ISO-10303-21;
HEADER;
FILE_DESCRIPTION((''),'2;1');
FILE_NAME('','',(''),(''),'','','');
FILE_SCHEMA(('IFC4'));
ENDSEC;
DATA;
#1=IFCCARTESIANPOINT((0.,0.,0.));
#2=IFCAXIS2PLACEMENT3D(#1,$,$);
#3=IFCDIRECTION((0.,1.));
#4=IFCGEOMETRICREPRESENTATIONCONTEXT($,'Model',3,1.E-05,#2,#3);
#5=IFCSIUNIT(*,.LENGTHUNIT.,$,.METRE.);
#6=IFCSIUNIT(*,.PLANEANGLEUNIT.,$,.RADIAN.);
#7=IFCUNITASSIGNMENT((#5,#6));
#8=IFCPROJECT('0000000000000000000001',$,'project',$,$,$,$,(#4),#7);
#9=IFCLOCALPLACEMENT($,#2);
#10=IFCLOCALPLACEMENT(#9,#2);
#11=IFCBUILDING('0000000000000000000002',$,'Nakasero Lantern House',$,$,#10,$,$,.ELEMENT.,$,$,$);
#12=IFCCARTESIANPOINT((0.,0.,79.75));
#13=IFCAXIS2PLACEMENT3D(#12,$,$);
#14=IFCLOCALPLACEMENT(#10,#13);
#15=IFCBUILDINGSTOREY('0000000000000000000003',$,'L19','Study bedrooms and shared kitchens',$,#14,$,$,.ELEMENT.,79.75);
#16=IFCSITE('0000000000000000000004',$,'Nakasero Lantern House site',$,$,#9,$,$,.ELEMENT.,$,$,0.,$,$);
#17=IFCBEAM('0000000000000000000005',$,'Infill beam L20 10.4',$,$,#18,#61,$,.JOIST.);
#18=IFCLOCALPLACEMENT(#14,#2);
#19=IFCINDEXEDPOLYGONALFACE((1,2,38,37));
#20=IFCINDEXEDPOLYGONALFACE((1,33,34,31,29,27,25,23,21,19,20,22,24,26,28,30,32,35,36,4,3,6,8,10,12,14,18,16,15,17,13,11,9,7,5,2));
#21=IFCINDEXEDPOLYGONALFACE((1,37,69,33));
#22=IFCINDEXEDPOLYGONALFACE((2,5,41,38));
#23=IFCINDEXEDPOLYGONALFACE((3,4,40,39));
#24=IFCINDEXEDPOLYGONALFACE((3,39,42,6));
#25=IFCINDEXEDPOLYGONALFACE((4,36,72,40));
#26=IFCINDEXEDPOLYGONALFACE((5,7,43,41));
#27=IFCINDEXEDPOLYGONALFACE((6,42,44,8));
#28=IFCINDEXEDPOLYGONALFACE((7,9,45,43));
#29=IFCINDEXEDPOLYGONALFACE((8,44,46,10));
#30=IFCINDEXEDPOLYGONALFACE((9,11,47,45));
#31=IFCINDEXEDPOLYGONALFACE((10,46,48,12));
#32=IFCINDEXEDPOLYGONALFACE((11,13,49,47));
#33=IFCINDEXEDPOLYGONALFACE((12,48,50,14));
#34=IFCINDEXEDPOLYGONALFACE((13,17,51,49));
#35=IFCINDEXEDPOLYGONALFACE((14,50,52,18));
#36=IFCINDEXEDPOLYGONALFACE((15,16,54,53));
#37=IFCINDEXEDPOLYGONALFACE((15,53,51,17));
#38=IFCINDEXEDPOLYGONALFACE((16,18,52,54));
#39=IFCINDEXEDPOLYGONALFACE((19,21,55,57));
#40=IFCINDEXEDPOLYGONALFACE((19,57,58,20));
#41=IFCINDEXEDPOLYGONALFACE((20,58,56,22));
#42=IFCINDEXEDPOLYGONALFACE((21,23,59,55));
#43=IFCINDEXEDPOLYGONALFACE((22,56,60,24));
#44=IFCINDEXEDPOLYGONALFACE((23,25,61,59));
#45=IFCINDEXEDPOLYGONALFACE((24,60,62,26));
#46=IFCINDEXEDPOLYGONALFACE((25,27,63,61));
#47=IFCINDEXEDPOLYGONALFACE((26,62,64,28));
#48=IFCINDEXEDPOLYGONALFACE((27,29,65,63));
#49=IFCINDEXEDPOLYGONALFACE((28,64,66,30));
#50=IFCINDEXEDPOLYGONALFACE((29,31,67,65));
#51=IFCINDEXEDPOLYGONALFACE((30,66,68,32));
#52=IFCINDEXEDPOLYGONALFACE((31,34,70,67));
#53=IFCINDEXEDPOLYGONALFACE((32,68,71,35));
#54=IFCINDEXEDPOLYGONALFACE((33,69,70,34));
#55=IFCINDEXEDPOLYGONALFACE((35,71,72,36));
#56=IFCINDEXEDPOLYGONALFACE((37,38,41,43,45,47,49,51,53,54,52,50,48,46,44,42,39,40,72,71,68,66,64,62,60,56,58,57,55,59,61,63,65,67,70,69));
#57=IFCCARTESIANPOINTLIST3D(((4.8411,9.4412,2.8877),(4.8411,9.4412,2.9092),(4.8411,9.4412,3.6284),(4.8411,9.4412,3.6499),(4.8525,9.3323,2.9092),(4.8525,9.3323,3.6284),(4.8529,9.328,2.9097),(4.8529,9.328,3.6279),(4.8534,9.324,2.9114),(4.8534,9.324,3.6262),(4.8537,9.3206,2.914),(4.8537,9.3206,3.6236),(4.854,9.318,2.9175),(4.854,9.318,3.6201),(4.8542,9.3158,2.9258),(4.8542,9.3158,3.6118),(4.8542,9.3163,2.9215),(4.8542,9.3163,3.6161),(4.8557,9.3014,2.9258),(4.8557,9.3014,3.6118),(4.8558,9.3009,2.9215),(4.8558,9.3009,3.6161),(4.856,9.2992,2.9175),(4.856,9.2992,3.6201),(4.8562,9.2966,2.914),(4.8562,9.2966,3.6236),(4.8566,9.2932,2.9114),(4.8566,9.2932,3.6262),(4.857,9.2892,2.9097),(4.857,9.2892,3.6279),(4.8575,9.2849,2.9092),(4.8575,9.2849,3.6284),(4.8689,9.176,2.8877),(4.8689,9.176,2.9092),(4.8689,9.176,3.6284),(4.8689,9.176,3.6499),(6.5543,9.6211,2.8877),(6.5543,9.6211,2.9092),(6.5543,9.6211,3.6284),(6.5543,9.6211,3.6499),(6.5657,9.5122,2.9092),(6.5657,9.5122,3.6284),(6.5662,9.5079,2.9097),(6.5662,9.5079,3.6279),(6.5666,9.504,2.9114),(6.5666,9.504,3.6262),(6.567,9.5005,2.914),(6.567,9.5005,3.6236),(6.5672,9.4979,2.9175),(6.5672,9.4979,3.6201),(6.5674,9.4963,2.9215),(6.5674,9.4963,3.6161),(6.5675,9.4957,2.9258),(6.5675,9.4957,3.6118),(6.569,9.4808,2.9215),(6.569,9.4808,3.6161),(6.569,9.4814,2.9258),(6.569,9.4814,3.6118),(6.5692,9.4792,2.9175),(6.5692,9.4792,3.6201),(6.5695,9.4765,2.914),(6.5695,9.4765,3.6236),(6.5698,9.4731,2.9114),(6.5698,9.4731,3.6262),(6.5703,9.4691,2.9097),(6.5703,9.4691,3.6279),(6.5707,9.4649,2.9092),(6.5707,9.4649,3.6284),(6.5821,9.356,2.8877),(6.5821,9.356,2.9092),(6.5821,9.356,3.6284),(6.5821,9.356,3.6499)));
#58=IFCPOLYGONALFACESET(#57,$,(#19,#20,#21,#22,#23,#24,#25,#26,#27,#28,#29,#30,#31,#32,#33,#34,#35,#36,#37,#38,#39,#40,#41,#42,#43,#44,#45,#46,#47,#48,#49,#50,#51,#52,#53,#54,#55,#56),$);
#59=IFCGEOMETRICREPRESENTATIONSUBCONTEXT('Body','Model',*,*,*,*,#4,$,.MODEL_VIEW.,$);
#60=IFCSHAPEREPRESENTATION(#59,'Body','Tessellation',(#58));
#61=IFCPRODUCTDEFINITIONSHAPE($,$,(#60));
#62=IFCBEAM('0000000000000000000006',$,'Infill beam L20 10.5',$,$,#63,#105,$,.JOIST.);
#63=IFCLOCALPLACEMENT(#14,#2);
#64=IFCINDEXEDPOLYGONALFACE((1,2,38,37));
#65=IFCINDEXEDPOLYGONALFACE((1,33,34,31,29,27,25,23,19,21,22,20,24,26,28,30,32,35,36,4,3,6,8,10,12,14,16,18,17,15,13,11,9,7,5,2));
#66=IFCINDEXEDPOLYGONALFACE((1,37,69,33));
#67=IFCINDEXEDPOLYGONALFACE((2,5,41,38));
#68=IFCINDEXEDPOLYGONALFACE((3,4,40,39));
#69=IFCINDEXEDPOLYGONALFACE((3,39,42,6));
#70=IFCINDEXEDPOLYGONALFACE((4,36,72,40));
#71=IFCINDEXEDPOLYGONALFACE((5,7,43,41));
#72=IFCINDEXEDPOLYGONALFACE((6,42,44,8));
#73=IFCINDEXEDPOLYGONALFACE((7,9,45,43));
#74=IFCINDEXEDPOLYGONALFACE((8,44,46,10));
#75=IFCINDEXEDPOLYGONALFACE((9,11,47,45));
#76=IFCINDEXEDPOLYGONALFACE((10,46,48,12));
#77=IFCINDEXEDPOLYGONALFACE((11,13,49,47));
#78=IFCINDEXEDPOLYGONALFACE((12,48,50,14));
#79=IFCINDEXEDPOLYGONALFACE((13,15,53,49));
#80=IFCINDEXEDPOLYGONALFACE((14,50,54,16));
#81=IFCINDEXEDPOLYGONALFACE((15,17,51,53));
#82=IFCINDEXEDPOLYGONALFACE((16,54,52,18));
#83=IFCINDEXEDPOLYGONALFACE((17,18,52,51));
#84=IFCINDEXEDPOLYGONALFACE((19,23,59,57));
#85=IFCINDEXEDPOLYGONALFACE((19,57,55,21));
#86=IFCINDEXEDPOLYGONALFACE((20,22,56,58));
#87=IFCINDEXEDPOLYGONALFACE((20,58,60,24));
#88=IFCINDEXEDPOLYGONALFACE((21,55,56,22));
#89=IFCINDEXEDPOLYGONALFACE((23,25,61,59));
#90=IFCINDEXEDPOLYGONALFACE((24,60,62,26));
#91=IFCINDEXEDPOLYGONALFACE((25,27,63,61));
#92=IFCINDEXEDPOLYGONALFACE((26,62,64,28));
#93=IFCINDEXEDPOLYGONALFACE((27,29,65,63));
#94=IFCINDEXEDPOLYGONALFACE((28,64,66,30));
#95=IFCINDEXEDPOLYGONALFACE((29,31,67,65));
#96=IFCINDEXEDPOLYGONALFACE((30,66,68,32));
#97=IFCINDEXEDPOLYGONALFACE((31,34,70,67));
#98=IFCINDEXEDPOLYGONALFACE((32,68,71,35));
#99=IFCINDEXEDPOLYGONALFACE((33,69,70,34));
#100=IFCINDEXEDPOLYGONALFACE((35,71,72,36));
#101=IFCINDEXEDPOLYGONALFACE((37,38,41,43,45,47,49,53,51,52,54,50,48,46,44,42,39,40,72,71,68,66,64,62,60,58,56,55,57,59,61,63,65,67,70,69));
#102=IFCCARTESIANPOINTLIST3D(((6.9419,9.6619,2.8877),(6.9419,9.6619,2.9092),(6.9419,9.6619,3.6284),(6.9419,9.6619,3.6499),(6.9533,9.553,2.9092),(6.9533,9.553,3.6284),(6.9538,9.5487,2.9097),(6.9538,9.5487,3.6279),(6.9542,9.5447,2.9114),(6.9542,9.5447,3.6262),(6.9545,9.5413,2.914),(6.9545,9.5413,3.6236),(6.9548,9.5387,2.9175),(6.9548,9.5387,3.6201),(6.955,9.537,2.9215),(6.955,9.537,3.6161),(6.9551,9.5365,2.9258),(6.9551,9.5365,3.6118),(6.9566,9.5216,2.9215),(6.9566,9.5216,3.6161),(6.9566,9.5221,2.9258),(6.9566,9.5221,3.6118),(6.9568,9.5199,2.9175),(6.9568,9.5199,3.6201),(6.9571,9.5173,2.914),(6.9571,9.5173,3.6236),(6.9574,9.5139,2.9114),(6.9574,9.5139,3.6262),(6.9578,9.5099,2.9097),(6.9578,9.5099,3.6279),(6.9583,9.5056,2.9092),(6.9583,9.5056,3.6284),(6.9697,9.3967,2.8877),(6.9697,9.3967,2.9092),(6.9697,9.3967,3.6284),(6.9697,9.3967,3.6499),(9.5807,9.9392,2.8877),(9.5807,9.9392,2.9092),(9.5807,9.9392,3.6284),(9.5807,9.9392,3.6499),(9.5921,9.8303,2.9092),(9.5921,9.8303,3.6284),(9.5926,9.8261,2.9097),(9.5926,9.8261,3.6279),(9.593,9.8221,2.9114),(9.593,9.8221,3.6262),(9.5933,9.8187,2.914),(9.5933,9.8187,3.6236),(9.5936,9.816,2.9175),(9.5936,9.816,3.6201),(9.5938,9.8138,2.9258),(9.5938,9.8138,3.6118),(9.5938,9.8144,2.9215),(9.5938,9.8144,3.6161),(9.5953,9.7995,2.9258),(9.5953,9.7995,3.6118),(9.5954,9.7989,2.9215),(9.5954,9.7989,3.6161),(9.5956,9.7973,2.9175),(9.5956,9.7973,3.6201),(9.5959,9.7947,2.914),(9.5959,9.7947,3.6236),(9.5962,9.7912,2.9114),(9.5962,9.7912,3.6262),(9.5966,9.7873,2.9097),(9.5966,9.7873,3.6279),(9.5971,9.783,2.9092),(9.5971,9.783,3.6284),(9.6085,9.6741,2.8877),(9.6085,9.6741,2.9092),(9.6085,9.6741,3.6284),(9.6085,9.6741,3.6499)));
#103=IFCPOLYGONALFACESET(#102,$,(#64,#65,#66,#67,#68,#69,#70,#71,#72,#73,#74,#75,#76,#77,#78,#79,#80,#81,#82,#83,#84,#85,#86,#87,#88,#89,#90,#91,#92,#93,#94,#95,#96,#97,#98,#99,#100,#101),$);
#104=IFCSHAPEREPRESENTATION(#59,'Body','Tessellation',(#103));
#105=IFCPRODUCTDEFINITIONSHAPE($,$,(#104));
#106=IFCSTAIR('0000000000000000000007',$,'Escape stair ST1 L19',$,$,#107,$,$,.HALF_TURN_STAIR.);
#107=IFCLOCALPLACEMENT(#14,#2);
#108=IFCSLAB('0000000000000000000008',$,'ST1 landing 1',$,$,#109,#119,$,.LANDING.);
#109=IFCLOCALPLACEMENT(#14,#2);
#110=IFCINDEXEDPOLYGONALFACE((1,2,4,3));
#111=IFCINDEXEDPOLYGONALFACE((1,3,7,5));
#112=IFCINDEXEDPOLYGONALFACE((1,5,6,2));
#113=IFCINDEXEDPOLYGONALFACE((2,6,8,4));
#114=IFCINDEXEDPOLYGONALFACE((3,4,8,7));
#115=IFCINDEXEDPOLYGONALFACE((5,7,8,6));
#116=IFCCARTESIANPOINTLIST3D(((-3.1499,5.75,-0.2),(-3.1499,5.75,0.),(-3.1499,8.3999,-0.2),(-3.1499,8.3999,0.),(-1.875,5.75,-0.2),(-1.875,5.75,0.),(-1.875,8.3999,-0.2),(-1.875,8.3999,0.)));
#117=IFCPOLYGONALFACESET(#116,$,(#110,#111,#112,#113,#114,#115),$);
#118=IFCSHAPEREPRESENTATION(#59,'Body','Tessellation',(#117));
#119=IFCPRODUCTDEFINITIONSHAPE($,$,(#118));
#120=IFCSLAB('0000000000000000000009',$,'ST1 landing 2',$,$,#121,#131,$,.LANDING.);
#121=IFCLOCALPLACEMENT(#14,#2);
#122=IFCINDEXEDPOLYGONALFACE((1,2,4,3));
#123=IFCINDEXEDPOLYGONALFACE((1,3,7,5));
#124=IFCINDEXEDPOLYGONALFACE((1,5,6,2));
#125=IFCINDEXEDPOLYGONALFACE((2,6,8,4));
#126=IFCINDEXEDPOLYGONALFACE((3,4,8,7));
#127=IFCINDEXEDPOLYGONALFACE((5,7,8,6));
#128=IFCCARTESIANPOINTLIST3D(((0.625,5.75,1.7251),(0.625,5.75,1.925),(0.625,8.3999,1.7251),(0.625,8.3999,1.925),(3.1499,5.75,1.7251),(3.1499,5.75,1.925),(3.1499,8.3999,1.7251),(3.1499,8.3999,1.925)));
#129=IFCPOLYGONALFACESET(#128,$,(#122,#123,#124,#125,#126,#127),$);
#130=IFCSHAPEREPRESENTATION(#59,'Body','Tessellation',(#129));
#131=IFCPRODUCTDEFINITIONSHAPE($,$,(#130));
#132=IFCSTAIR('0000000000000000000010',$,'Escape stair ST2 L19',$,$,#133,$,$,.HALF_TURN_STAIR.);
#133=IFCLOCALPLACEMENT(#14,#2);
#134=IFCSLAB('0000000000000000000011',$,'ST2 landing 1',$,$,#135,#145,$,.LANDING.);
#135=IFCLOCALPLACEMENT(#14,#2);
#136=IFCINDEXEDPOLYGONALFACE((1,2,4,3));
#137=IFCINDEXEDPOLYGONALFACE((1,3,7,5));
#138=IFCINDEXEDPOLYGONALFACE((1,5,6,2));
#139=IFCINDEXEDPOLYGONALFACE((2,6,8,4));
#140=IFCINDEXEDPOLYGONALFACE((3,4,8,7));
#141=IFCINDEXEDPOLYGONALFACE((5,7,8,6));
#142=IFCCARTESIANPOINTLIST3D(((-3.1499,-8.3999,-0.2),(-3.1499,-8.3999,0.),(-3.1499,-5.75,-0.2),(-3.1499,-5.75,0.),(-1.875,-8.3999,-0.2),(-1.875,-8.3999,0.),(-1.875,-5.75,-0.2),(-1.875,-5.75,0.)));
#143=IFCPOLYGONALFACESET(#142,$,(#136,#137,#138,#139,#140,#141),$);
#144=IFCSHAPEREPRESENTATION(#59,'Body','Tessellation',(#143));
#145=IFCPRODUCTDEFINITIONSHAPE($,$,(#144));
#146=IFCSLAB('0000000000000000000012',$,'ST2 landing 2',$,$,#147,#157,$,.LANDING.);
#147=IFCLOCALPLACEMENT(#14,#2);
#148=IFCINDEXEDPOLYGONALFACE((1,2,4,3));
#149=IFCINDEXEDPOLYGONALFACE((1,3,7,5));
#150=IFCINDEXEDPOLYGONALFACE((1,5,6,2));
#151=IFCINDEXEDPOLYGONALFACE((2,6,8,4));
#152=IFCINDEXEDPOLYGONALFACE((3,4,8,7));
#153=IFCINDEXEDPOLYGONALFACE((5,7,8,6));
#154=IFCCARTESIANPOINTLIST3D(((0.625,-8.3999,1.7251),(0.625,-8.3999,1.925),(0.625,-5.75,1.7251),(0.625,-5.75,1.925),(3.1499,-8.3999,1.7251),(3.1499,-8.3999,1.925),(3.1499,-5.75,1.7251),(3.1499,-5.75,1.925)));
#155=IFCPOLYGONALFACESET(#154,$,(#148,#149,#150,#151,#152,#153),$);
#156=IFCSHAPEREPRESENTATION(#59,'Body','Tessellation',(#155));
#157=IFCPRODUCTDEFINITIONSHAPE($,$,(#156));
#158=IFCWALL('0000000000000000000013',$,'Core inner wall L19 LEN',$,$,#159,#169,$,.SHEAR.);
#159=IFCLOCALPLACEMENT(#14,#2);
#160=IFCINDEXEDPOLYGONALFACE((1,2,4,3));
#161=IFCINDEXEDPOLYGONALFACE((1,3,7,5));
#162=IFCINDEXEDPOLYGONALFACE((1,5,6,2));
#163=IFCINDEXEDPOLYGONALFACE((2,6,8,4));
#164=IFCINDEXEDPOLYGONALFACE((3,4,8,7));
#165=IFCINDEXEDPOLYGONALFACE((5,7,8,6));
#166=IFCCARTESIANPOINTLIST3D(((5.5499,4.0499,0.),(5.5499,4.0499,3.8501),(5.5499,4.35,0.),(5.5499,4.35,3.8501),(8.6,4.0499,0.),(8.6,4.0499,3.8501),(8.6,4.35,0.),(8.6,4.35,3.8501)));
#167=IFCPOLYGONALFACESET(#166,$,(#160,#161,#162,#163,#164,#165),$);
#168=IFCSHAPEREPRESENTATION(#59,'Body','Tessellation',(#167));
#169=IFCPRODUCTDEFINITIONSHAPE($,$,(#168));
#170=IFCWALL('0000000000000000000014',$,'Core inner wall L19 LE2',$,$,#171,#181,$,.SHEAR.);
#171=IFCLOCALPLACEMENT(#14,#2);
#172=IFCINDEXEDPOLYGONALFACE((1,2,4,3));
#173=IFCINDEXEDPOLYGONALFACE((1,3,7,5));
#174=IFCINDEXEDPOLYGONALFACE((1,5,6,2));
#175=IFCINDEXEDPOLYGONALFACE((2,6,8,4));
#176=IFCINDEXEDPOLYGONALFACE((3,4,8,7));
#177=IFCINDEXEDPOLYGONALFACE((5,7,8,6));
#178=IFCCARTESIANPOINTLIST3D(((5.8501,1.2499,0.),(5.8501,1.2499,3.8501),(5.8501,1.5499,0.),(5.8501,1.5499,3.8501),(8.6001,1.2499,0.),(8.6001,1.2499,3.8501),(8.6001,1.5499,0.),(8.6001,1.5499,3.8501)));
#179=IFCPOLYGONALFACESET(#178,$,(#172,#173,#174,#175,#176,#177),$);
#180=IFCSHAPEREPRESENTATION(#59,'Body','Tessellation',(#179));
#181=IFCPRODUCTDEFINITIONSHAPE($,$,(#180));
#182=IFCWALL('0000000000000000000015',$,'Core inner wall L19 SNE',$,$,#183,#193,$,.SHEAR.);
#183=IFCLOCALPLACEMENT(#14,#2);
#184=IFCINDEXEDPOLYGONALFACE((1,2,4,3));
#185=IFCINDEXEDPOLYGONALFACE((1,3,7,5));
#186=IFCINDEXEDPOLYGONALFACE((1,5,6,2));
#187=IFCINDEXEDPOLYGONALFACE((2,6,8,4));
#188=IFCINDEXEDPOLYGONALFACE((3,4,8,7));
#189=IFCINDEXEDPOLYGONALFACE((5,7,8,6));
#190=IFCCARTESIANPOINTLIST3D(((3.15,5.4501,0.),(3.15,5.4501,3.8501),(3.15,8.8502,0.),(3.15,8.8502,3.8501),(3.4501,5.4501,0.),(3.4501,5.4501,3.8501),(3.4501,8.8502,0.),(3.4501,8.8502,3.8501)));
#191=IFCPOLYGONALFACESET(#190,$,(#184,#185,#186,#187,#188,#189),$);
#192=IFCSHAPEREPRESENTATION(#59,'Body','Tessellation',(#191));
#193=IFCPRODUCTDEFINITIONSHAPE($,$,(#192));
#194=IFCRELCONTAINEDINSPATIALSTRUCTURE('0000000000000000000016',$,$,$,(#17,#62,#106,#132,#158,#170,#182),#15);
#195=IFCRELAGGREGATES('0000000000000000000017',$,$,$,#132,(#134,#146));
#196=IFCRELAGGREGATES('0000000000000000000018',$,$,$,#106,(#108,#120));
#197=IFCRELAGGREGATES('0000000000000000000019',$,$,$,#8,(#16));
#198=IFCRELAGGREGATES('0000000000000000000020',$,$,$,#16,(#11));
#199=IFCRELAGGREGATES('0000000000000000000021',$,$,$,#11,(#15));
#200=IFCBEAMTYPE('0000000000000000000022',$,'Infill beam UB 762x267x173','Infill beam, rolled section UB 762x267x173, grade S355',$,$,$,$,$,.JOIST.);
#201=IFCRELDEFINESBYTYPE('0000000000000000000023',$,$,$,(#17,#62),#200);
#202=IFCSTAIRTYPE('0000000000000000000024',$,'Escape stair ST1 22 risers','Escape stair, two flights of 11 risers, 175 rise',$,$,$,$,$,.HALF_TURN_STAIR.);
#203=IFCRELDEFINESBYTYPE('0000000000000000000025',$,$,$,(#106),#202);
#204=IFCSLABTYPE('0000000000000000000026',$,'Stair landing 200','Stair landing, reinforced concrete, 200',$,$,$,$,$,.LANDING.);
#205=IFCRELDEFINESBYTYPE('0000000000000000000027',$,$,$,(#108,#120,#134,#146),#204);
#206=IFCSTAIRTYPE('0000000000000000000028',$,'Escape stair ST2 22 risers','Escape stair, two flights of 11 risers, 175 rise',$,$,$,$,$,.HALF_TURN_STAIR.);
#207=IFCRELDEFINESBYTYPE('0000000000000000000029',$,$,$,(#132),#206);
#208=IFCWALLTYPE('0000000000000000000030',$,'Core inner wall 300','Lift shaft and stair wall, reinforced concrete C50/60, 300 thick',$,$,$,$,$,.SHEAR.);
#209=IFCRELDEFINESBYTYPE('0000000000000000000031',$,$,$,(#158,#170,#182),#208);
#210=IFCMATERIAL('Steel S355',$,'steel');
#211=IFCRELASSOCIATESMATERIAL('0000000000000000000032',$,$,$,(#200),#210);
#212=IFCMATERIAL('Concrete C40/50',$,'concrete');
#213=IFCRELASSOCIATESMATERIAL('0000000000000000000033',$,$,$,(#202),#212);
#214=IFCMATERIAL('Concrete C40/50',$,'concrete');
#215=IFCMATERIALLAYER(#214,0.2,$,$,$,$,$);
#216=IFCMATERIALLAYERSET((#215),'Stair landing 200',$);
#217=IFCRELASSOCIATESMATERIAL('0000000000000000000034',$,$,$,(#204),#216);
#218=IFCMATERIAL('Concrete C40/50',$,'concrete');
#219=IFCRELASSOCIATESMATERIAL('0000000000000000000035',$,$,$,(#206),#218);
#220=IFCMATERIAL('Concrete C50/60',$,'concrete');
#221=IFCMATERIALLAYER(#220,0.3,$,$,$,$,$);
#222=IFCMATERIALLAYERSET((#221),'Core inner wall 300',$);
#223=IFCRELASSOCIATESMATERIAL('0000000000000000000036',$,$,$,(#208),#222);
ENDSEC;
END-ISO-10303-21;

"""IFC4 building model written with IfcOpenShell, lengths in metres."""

from ifc_helpers import new_model, si_unit, direction, frame, frame_2d, origin, origin_2d, place, context, subcontext, project, spatial, polyline, rectangle, i_section, outline, extrude, material, layer, layer_set, material_profile, profile_set, type_object, element, aggregate, save


model = new_model("IFC4")

# Units and contexts
model_context = context("Model", 3, precision=1e-05, world=origin(), true_north=direction((0.0, 1.0)))
body_context = subcontext(model_context, "Body", "Model", "MODEL_VIEW")
ifc_project = project(units=[si_unit("LENGTHUNIT", "METRE"), si_unit("PLANEANGLEUNIT", "RADIAN")], contexts=[model_context])

# Site, building, storey
site_placement = place(None, origin())
site = spatial("IfcSite", under=ifc_project, at=site_placement, Name="Nakasero Lantern House site", CompositionType="ELEMENT", RefElevation=0.0)
building_placement = place(site_placement, origin())
building = spatial("IfcBuilding", under=site, at=building_placement, Name="Nakasero Lantern House", CompositionType="ELEMENT")
storey_placement = place(building_placement, frame((0.0, 0.0, 79.75)))
storey = spatial("IfcBuildingStorey", under=building, at=storey_placement, Name="L19", Description="Study bedrooms and shared kitchens", CompositionType="ELEMENT", Elevation=79.75)

# Beams
ifc_material_1 = material(Name="Steel S355", Category="steel")
ifc_material_profile = material_profile(ifc_material_1, i_section(OverallWidth=0.2666, OverallDepth=0.7622, WebThickness=0.0144, FlangeThickness=0.0215, FilletRadius=0.0166, at=origin_2d()), Name="UB 762x267x173")
ifc_profile_set = profile_set([ifc_material_profile], Name="Steel S355")
beam_type = type_object("IfcBeamType", Name="Infill beam UB 762x267x173", Description="Infill beam, rolled section UB 762x267x173, grade S355", PredefinedType="JOIST", material=ifc_profile_set)
beam_1_placement = place(storey_placement, frame((4.855, 9.3086, 3.2688), z_axis=(0.99453, 0.104456, 0.0), x_axis=(-0.104456, 0.99453, 0.0)))
element("IfcBeam", 1, at=beam_1_placement, inside=storey, type_object=beam_type, Name="Infill beam L20 10.4", PredefinedType="JOIST", context=body_context, shape_type="SweptSolid", body=[
    extrude(i_section(OverallWidth=0.2666, OverallDepth=0.7622, WebThickness=0.0144, FlangeThickness=0.0215, FilletRadius=0.0166, at=origin_2d()), origin(), (0.0, 0.0, 1.0), 1.7227),
])
beam_2_placement = place(storey_placement, frame((6.9558, 9.5293, 3.2688), z_axis=(0.994522, 0.104532, 0.0), x_axis=(-0.104532, 0.994522, 0.0)))
element("IfcBeam", 2, at=beam_2_placement, inside=storey, type_object=beam_type, Name="Infill beam L20 10.5", PredefinedType="JOIST", context=body_context, shape_type="SweptSolid", body=[
    extrude(i_section(OverallWidth=0.2666, OverallDepth=0.7622, WebThickness=0.0144, FlangeThickness=0.0215, FilletRadius=0.0166, at=origin_2d()), origin(), (0.0, 0.0, 1.0), 2.6533),
])

# Stairs, slabs
ifc_material_2 = material(Name="Concrete C40/50", Category="concrete")
stair_type_1 = type_object("IfcStairType", Name="Escape stair ST1 22 risers", Description="Escape stair, two flights of 11 risers, 175 rise", PredefinedType="HALF_TURN_STAIR", material=ifc_material_2)
stair_1_placement = place(storey_placement, origin())
stair_1 = element("IfcStair", 3, at=stair_1_placement, inside=storey, type_object=stair_type_1, Name="Escape stair ST1 L19", PredefinedType="HALF_TURN_STAIR")
ifc_material_3 = material(Name="Concrete C40/50", Category="concrete")
ifc_layer_1 = layer(ifc_material_3, 0.2)
ifc_layer_set_1 = layer_set([ifc_layer_1], Name="Stair landing 200")
slab_type = type_object("IfcSlabType", Name="Stair landing 200", Description="Stair landing, reinforced concrete, 200", PredefinedType="LANDING", material=ifc_layer_set_1)
slab_1_placement = place(storey_placement, frame((0.0, 0.0, -0.2)))
slab_1 = element("IfcSlab", 4, at=slab_1_placement, type_object=slab_type, Name="ST1 landing 1", PredefinedType="LANDING", context=body_context, shape_type="SweptSolid", body=[
    extrude(outline(polyline([(-3.1499, 5.75), (-1.875, 5.75), (-1.875, 8.3999), (-3.1499, 8.3999), (-3.1499, 5.75)])), origin(), (0.0, 0.0, 1.0), 0.2),
])
slab_2_placement = place(storey_placement, frame((0.0, 0.0, 1.7251)))
slab_2 = element("IfcSlab", 5, at=slab_2_placement, type_object=slab_type, Name="ST1 landing 2", PredefinedType="LANDING", context=body_context, shape_type="SweptSolid", body=[
    extrude(outline(polyline([(0.625, 5.75), (3.1499, 5.75), (3.1499, 8.3999), (0.625, 8.3999), (0.625, 5.75)])), origin(), (0.0, 0.0, 1.0), 0.2),
])
ifc_material_4 = material(Name="Concrete C40/50", Category="concrete")
stair_type_2 = type_object("IfcStairType", Name="Escape stair ST2 22 risers", Description="Escape stair, two flights of 11 risers, 175 rise", PredefinedType="HALF_TURN_STAIR", material=ifc_material_4)
stair_2_placement = place(storey_placement, origin())
stair_2 = element("IfcStair", 6, at=stair_2_placement, inside=storey, type_object=stair_type_2, Name="Escape stair ST2 L19", PredefinedType="HALF_TURN_STAIR")
slab_3_placement = place(storey_placement, frame((0.0, 0.0, -0.2)))
slab_3 = element("IfcSlab", 7, at=slab_3_placement, type_object=slab_type, Name="ST2 landing 1", PredefinedType="LANDING", context=body_context, shape_type="SweptSolid", body=[
    extrude(outline(polyline([(-3.1499, -8.3999), (-1.875, -8.3999), (-1.875, -5.75), (-3.1499, -5.75), (-3.1499, -8.3999)])), origin(), (0.0, 0.0, 1.0), 0.2),
])
slab_4_placement = place(storey_placement, frame((0.0, 0.0, 1.7251)))
slab_4 = element("IfcSlab", 8, at=slab_4_placement, type_object=slab_type, Name="ST2 landing 2", PredefinedType="LANDING", context=body_context, shape_type="SweptSolid", body=[
    extrude(outline(polyline([(0.625, -8.3999), (3.1499, -8.3999), (3.1499, -5.75), (0.625, -5.75), (0.625, -8.3999)])), origin(), (0.0, 0.0, 1.0), 0.2),
])
aggregate(stair_2, [slab_3, slab_4])

# Walls
ifc_material_5 = material(Name="Concrete C50/60", Category="concrete")
ifc_layer_2 = layer(ifc_material_5, 0.3)
ifc_layer_set_2 = layer_set([ifc_layer_2], Name="Core inner wall 300")
wall_type_1 = type_object("IfcWallType", Name="Core inner wall 300", Description="Lift shaft and stair wall, reinforced concrete C50/60, 300 thick", PredefinedType="SHEAR", material=ifc_layer_set_2)
wall_1_placement = place(storey_placement, frame((5.55, 4.2, 0.0), z_axis=(0.0, 0.0, 1.0), x_axis=(1.0, 0.0, 0.0)))
element("IfcWall", 9, at=wall_1_placement, inside=storey, type_object=wall_type_1, Name="Core inner wall L19 LEN", PredefinedType="SHEAR", context=body_context, shape_type="SweptSolid", body=[
    extrude(rectangle(XDim=3.05, YDim=0.3, at=frame_2d((1.5249, 0.0))), origin(), (0.0, 0.0, 1.0), 3.8501),
])
wall_2_placement = place(storey_placement, frame((5.8501, 1.3999, 0.0), z_axis=(0.0, 0.0, 1.0), x_axis=(1.0, 0.0, 0.0)))
element("IfcWall", 10, at=wall_2_placement, inside=storey, type_object=wall_type_1, Name="Core inner wall L19 LE2", PredefinedType="SHEAR", context=body_context, shape_type="SweptSolid", body=[
    extrude(rectangle(XDim=2.75, YDim=0.3, at=frame_2d((1.375, 0.0))), origin(), (0.0, 0.0, 1.0), 3.8501),
])
wall_3_placement = place(storey_placement, frame((3.3, 5.45, 0.0), z_axis=(0.0, 0.0, 1.0), x_axis=(0.0, 1.0, 0.0)))
element("IfcWall", 11, at=wall_3_placement, inside=storey, type_object=wall_type_1, Name="Core inner wall L19 SNE", PredefinedType="SHEAR", context=body_context, shape_type="SweptSolid", body=[
    extrude(rectangle(XDim=3.4001, YDim=0.3, at=frame_2d((1.7002, 0.0))), origin(), (0.0, 0.0, 1.0), 3.8501),
])

aggregate(stair_1, [slab_1, slab_2])

save(model, "model.ifc")
